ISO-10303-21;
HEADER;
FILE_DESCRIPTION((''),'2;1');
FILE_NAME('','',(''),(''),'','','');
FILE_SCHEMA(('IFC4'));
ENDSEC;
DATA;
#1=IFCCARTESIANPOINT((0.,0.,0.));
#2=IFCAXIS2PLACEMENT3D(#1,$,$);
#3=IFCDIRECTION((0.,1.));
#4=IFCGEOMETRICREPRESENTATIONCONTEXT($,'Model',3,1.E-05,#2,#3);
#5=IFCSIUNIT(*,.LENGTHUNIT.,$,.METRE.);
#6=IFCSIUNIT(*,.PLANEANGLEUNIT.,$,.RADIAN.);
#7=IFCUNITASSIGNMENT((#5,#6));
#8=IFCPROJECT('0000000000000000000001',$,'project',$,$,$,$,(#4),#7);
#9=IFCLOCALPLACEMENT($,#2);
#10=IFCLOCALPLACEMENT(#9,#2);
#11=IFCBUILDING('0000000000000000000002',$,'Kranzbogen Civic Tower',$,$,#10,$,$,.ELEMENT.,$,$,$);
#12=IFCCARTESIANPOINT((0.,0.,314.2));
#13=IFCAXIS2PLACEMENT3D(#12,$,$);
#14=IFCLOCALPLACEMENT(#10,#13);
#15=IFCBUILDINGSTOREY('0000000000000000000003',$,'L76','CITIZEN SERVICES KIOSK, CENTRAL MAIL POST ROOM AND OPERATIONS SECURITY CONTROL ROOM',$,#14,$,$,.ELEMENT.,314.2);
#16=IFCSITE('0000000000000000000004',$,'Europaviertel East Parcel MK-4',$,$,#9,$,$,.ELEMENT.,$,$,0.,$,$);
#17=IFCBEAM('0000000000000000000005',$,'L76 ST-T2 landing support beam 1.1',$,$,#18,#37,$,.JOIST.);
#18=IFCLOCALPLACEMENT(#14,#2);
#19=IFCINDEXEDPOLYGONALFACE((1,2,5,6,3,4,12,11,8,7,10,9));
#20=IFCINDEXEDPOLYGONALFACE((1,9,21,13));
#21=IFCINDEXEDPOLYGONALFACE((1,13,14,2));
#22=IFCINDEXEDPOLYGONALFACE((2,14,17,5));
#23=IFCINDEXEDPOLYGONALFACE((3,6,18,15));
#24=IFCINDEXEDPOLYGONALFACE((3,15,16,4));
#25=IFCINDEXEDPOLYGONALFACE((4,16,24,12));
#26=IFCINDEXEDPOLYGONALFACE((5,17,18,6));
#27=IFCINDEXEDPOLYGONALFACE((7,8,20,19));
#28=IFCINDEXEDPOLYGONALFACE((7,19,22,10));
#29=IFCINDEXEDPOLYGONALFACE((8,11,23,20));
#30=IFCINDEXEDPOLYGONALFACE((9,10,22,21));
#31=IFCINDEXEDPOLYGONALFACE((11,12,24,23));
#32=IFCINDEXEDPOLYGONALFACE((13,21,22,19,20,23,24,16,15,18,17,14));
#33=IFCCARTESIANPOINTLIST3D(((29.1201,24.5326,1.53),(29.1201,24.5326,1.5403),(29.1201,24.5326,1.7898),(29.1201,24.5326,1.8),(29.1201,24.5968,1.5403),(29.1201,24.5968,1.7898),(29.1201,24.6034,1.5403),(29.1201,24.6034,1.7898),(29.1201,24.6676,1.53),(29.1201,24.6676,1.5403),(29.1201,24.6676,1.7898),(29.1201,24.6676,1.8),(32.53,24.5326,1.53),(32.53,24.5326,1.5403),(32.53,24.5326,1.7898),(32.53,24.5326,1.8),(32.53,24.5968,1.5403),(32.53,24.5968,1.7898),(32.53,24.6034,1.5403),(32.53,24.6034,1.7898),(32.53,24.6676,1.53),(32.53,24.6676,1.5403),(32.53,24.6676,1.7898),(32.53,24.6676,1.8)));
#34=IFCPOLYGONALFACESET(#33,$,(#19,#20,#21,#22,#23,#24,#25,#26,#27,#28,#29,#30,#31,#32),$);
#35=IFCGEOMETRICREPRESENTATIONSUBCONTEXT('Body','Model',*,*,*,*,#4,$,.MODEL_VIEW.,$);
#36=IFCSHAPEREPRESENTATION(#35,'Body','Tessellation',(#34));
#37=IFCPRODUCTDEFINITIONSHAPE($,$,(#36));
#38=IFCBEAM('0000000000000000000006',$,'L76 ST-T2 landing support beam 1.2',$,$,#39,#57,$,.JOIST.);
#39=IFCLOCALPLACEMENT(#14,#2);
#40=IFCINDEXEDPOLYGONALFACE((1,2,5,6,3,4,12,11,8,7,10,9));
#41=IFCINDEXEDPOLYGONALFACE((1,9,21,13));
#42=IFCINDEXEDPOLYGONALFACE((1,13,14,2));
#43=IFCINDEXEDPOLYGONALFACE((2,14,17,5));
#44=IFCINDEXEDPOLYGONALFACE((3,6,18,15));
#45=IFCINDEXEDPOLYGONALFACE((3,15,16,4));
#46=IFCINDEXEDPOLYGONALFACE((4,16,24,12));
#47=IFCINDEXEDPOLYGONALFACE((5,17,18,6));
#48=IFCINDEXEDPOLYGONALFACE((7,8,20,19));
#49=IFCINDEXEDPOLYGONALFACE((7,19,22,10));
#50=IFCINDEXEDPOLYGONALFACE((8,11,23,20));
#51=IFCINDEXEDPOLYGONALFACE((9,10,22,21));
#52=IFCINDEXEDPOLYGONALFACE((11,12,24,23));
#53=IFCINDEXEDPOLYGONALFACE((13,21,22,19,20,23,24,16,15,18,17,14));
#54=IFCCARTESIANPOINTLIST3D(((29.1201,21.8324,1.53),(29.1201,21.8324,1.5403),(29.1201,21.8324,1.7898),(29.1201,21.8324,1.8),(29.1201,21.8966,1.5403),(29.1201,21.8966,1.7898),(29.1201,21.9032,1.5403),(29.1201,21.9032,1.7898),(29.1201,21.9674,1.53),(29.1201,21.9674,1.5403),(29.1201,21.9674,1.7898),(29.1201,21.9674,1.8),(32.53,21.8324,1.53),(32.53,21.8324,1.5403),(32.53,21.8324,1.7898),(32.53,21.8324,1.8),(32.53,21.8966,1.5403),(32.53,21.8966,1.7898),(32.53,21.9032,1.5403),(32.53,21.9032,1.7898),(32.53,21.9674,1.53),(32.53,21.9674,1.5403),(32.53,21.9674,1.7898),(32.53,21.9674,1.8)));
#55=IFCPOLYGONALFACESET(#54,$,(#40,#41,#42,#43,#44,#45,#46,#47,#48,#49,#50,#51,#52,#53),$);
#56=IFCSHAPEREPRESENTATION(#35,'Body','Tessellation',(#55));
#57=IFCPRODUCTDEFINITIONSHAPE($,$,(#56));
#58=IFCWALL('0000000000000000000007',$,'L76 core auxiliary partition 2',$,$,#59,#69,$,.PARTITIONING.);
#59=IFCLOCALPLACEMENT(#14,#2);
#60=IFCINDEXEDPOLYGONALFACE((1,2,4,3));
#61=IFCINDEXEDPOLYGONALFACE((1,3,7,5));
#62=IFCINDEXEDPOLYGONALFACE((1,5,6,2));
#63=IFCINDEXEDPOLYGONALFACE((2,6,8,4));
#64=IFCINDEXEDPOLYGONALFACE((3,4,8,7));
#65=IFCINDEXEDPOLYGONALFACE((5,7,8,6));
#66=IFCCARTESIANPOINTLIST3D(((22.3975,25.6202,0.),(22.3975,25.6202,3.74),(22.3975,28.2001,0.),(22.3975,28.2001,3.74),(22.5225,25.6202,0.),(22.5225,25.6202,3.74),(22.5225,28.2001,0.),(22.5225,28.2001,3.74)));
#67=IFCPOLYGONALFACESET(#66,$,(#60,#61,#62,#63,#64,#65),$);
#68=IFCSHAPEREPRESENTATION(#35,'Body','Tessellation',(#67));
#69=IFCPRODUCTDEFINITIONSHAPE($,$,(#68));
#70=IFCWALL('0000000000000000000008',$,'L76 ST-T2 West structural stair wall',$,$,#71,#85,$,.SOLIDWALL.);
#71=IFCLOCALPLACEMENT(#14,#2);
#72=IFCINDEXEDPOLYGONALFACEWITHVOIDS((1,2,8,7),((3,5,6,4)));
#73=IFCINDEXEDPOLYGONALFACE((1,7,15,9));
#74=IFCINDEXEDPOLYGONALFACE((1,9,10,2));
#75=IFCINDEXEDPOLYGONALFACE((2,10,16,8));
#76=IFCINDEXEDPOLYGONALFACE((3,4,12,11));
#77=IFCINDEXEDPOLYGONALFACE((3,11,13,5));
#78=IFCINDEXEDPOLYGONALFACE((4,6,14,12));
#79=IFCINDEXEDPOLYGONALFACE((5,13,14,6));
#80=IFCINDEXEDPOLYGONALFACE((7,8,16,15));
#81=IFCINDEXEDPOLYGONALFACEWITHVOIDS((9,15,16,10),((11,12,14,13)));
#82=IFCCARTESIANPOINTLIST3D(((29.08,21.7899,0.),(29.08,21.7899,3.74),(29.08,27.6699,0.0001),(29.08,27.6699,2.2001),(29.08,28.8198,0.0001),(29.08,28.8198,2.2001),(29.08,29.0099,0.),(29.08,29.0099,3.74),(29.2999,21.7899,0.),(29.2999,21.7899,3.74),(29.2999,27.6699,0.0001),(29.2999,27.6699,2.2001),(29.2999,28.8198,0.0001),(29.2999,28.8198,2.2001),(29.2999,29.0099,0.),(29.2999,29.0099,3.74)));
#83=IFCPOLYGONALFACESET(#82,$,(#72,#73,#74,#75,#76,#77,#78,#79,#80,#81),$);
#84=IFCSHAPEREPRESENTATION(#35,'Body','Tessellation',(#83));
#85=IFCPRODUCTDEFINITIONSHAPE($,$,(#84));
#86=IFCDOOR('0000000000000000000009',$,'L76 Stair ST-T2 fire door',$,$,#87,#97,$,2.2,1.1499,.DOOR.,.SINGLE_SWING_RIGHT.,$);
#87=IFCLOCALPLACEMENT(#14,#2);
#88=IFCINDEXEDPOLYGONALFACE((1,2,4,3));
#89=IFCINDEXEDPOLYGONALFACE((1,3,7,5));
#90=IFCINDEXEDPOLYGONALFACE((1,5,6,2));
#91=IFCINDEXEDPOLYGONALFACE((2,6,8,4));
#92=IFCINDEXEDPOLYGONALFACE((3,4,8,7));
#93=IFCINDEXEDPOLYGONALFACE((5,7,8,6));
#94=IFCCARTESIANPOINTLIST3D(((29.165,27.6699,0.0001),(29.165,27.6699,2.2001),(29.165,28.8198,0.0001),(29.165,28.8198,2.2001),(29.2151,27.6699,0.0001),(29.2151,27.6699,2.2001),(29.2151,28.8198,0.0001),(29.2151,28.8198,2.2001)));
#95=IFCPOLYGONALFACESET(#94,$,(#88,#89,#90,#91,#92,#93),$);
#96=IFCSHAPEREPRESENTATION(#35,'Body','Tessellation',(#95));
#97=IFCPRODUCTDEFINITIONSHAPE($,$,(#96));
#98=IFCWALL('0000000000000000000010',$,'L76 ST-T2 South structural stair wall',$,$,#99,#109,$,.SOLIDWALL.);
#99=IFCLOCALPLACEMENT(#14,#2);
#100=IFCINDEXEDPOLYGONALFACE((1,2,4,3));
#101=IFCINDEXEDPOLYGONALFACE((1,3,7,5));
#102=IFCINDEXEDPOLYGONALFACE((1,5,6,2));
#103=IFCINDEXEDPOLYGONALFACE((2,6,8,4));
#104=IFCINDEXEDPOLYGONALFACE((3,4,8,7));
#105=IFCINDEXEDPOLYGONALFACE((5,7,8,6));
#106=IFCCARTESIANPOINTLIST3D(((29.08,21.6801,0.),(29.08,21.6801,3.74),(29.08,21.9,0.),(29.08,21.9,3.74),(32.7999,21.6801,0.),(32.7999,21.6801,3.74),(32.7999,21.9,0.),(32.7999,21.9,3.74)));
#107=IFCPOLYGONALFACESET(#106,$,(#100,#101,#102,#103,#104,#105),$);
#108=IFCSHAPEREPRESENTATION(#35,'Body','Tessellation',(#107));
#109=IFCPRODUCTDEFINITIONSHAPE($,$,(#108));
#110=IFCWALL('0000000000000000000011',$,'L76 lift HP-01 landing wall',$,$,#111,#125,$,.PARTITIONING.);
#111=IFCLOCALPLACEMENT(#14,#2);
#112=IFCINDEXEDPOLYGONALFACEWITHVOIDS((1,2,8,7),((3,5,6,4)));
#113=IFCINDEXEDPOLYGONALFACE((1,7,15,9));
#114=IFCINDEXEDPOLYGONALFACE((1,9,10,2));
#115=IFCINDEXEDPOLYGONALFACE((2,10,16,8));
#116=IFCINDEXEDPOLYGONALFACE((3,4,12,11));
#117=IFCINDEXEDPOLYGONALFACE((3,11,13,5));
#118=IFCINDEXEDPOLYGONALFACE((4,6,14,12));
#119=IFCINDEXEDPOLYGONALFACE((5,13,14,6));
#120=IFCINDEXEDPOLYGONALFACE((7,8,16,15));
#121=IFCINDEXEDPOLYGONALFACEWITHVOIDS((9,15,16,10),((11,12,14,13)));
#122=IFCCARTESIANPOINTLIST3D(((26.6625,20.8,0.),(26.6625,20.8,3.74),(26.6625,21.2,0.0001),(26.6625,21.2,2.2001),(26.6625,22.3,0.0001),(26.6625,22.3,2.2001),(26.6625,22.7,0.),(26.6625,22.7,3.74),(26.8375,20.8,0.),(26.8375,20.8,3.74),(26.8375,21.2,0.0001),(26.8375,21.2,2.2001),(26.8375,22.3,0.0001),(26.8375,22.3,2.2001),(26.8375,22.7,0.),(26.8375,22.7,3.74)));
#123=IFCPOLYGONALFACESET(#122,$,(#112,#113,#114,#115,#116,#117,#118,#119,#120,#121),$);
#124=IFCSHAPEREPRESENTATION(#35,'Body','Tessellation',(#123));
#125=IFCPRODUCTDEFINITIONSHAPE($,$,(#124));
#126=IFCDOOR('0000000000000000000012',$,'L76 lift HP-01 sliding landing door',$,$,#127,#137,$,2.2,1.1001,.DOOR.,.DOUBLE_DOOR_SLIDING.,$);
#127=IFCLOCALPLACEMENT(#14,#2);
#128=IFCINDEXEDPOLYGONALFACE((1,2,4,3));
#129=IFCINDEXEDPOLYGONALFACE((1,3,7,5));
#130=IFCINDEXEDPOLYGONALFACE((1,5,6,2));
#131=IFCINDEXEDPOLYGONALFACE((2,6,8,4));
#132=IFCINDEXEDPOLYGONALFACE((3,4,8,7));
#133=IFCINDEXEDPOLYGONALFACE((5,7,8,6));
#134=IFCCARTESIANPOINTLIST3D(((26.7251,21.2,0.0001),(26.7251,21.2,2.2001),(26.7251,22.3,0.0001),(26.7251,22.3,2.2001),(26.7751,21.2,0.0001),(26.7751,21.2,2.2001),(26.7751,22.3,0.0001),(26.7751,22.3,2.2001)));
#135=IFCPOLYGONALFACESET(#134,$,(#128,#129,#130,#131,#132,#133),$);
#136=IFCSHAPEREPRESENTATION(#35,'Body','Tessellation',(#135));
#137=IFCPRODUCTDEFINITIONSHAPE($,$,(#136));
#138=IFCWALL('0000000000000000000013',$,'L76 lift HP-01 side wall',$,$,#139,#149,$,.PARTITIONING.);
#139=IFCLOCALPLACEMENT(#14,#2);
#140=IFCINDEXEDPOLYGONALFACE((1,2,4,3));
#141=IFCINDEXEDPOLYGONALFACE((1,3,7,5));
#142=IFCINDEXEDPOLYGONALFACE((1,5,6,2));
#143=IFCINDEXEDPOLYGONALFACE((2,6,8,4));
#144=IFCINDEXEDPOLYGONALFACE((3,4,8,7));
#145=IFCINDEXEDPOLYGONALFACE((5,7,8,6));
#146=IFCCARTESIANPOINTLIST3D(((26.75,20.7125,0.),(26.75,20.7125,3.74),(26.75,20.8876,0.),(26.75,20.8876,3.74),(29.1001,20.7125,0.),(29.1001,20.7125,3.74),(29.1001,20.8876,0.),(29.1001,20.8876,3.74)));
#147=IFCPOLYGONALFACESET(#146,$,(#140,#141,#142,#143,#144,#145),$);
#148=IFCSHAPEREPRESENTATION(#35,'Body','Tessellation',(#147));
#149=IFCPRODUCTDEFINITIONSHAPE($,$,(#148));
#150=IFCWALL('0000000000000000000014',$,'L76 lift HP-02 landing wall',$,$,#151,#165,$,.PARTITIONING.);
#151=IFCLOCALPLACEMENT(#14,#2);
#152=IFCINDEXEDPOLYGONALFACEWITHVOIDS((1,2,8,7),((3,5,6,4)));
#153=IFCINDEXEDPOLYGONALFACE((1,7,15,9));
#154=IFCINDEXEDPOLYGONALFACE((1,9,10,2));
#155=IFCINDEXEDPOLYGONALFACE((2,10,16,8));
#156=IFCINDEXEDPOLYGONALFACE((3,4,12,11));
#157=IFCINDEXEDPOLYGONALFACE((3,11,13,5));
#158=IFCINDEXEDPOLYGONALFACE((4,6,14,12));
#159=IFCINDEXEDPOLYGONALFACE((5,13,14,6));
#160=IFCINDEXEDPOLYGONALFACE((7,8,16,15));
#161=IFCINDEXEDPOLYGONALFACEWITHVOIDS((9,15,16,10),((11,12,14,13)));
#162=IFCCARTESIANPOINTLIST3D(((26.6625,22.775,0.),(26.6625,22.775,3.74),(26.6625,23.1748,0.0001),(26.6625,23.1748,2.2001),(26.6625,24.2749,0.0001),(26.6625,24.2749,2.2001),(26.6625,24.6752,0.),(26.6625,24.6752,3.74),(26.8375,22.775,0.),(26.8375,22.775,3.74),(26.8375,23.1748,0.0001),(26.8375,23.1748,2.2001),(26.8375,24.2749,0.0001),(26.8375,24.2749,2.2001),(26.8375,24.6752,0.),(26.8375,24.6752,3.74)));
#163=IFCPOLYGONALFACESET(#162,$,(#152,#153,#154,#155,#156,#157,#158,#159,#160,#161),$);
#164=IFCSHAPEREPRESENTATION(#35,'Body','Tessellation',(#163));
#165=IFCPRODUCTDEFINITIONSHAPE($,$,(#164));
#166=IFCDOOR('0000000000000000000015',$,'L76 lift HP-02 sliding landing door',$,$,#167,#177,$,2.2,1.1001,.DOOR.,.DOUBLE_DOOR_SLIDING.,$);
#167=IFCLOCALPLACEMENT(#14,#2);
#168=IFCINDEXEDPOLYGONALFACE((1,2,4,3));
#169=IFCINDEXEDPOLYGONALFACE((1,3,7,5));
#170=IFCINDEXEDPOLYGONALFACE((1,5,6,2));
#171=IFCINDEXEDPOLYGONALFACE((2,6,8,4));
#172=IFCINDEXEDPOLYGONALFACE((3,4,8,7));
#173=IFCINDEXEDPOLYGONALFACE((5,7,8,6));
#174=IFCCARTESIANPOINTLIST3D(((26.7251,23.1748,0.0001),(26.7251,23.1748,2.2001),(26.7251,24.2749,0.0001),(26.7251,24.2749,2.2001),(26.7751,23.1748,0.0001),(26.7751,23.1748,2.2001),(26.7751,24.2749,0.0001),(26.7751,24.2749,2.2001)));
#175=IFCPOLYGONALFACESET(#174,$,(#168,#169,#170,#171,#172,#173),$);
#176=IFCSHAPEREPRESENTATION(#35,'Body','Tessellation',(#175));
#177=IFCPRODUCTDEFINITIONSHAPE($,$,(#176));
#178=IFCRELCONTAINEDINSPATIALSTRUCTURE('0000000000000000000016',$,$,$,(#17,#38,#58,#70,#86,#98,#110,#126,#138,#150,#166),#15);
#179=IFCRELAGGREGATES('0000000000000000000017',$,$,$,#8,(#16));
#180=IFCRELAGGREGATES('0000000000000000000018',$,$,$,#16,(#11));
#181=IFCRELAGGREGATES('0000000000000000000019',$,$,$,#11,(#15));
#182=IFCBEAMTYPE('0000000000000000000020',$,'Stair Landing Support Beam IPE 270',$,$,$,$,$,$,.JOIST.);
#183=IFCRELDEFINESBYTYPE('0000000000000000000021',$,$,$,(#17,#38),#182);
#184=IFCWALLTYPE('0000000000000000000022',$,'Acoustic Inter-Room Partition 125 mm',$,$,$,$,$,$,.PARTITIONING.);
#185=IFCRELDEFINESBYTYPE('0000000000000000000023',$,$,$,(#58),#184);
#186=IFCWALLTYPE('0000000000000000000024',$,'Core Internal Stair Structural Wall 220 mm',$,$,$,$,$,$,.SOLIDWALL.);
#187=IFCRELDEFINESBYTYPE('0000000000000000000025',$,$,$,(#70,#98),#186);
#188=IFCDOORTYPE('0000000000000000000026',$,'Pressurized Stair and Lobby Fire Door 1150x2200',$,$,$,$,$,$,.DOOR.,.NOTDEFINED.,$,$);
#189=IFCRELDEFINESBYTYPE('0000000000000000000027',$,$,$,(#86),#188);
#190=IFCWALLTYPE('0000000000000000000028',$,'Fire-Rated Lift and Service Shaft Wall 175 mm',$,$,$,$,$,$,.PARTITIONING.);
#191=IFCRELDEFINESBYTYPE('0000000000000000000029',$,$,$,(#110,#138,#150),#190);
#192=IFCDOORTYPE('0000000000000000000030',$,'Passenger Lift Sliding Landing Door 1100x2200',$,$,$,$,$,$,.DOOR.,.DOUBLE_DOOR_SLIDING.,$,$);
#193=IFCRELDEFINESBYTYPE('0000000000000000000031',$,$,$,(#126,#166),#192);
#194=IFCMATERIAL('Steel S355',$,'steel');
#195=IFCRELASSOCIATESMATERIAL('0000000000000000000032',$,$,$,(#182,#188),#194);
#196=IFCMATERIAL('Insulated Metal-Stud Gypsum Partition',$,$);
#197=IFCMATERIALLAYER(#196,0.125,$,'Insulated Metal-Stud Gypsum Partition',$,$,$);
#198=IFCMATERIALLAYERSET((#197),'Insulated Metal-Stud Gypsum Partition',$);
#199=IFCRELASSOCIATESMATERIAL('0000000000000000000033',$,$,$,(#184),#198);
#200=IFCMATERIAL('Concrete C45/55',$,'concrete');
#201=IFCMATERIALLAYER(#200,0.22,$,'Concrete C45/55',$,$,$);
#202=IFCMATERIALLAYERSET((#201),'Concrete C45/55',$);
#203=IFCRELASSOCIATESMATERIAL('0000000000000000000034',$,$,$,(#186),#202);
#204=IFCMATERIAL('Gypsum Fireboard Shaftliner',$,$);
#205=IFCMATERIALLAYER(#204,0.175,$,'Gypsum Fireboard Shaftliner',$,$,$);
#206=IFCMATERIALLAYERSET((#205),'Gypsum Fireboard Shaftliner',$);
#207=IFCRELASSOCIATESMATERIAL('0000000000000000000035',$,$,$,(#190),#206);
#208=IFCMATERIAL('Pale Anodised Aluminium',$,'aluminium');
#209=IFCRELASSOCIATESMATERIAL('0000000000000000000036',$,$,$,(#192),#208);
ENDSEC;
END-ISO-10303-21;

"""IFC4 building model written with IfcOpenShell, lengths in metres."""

from ifc_helpers import new_model, si_unit, direction, frame, frame_2d, origin, origin_2d, place, context, subcontext, project, spatial, rectangle, i_section, extrude, material, layer, layer_set, material_profile, profile_set, type_object, element, fill, save


model = new_model("IFC4")

# Units and contexts
model_context = context("Model", 3, precision=1e-05, world=origin(), true_north=direction((0.0, 1.0)))
body_context = subcontext(model_context, "Body", "Model", "MODEL_VIEW")
ifc_project = project(units=[si_unit("LENGTHUNIT", "METRE"), si_unit("PLANEANGLEUNIT", "RADIAN")], contexts=[model_context])

# Site, building, storey
site_placement = place(None, origin())
site = spatial("IfcSite", under=ifc_project, at=site_placement, Name="Europaviertel East Parcel MK-4", CompositionType="ELEMENT", RefElevation=0.0)
building_placement = place(site_placement, origin())
building = spatial("IfcBuilding", under=site, at=building_placement, Name="Kranzbogen Civic Tower", CompositionType="ELEMENT")
storey_placement = place(building_placement, frame((0.0, 0.0, 314.2)))
storey = spatial("IfcBuildingStorey", under=building, at=storey_placement, Name="L76", Description="CITIZEN SERVICES KIOSK, CENTRAL MAIL POST ROOM AND OPERATIONS SECURITY CONTROL ROOM", CompositionType="ELEMENT", Elevation=314.2)

# Beams
ifc_material_1 = material(Name="Steel S355", Category="steel")
ifc_material_profile = material_profile(ifc_material_1, i_section(OverallWidth=0.135, OverallDepth=0.27, WebThickness=0.0066, FlangeThickness=0.0103, at=origin_2d()), Name="IPE 270")
ifc_profile_set = profile_set([ifc_material_profile], Name="Steel S355")
beam_type = type_object("IfcBeamType", Name="Stair Landing Support Beam IPE 270", PredefinedType="JOIST", material=ifc_profile_set)
for number, where, z_axis, x_axis, name in (
    (1, (29.1201, 24.6001, 1.665), (1.0, 0.0, 0.0), (0.0, 1.0, 0.0), "L76 ST-T2 landing support beam 1.1"),
    (2, (29.1201, 21.8999, 1.665), (1.0, 0.0, 0.0), (0.0, 1.0, 0.0), "L76 ST-T2 landing support beam 1.2"),
):
    element("IfcBeam", number, at=place(storey_placement, frame(where, z_axis=z_axis, x_axis=x_axis)), inside=storey, type_object=beam_type, Name=name, PredefinedType="JOIST", context=body_context, shape_type="SweptSolid", body=[
        extrude(i_section(OverallWidth=0.135, OverallDepth=0.27, WebThickness=0.0066, FlangeThickness=0.0103, at=origin_2d()), origin(), (0.0, 0.0, 1.0), 3.4099),
    ])

# Wall
ifc_material_2 = material(Name="Insulated Metal-Stud Gypsum Partition")
ifc_layer_1 = layer(ifc_material_2, 0.125, Name="Insulated Metal-Stud Gypsum Partition")
ifc_layer_set_1 = layer_set([ifc_layer_1], Name="Insulated Metal-Stud Gypsum Partition")
wall_type_1 = type_object("IfcWallType", Name="Acoustic Inter-Room Partition 125 mm", PredefinedType="PARTITIONING", material=ifc_layer_set_1)
wall_1_placement = place(storey_placement, frame((22.46, 25.6201, 0.0), z_axis=(0.0, 0.0, 1.0), x_axis=(0.0, 1.0, 0.0)))
element("IfcWall", 3, at=wall_1_placement, inside=storey, type_object=wall_type_1, Name="L76 core auxiliary partition 2", PredefinedType="PARTITIONING", context=body_context, shape_type="SweptSolid", body=[
    extrude(rectangle(XDim=2.5798, YDim=0.125, at=frame_2d((1.29, 0.0))), origin(), (0.0, 0.0, 1.0), 3.74),
])

# Wall, opening, door
ifc_material_3 = material(Name="Concrete C45/55", Category="concrete")
ifc_layer_2 = layer(ifc_material_3, 0.22, Name="Concrete C45/55")
ifc_layer_set_2 = layer_set([ifc_layer_2], Name="Concrete C45/55")
wall_type_2 = type_object("IfcWallType", Name="Core Internal Stair Structural Wall 220 mm", PredefinedType="SOLIDWALL", material=ifc_layer_set_2)
wall_2_placement = place(storey_placement, frame((29.1899, 21.79, 0.0), z_axis=(0.0, 0.0, 1.0), x_axis=(0.0, 1.0, 0.0)))
wall_2 = element("IfcWall", 4, at=wall_2_placement, inside=storey, type_object=wall_type_2, Name="L76 ST-T2 West structural stair wall", PredefinedType="SOLIDWALL", context=body_context, shape_type="SweptSolid", body=[
    extrude(rectangle(XDim=7.22, YDim=0.22, at=frame_2d((3.6099, 0.0))), origin(), (0.0, 0.0, 1.0), 3.74),
])
opening_1_placement = place(wall_2_placement, frame((5.8799, 0.0, 0.0)))
opening_1 = element("IfcOpeningElement", 5, at=opening_1_placement, cuts=wall_2, PredefinedType="OPENING", context=body_context, shape_type="SweptSolid", body=[
    extrude(rectangle(XDim=1.1499, YDim=2.2, at=frame_2d((0.575, 1.1001))), frame((0.0, 0.1201, 0.0), z_axis=(0.0, -1.0, 0.0), x_axis=(1.0, 0.0, 0.0)), (0.0, 0.0, 1.0), 0.24),
])
door_type_1 = type_object("IfcDoorType", Name="Pressurized Stair and Lobby Fire Door 1150x2200", OperationType="NOTDEFINED", PredefinedType="DOOR", material=ifc_material_1)
door_1_placement = place(opening_1_placement, origin())
door_1 = element("IfcDoor", 6, at=door_1_placement, inside=storey, type_object=door_type_1, Name="L76 Stair ST-T2 fire door", OperationType="SINGLE_SWING_RIGHT", OverallHeight=2.2, OverallWidth=1.1499, PredefinedType="DOOR", context=body_context, shape_type="SweptSolid", body=[
    extrude(rectangle(XDim=1.1499, YDim=2.2, at=frame_2d((0.575, 1.1001))), frame((0.0, 0.0249, 0.0), z_axis=(0.0, -1.0, 0.0), x_axis=(1.0, 0.0, 0.0)), (0.0, 0.0, 1.0), 0.05),
])
fill(opening_1, door_1)

# Wall
wall_3_placement = place(storey_placement, frame((29.0801, 21.79, 0.0), z_axis=(0.0, 0.0, 1.0), x_axis=(1.0, 0.0, 0.0)))
element("IfcWall", 7, at=wall_3_placement, inside=storey, type_object=wall_type_2, Name="L76 ST-T2 South structural stair wall", PredefinedType="SOLIDWALL", context=body_context, shape_type="SweptSolid", body=[
    extrude(rectangle(XDim=3.72, YDim=0.22, at=frame_2d((1.8599, 0.0))), origin(), (0.0, 0.0, 1.0), 3.74),
])

# Wall, opening, door
ifc_material_4 = material(Name="Gypsum Fireboard Shaftliner")
ifc_layer_3 = layer(ifc_material_4, 0.175, Name="Gypsum Fireboard Shaftliner")
ifc_layer_set_3 = layer_set([ifc_layer_3], Name="Gypsum Fireboard Shaftliner")
wall_type_3 = type_object("IfcWallType", Name="Fire-Rated Lift and Service Shaft Wall 175 mm", PredefinedType="PARTITIONING", material=ifc_layer_set_3)
wall_4_placement = place(storey_placement, frame((26.75, 20.8, 0.0), z_axis=(0.0, 0.0, 1.0), x_axis=(0.0, 1.0, 0.0)))
wall_4 = element("IfcWall", 8, at=wall_4_placement, inside=storey, type_object=wall_type_3, Name="L76 lift HP-01 landing wall", PredefinedType="PARTITIONING", context=body_context, shape_type="SweptSolid", body=[
    extrude(rectangle(XDim=1.8999, YDim=0.175, at=frame_2d((0.95, 0.0))), origin(), (0.0, 0.0, 1.0), 3.74),
])
opening_2_placement = place(wall_4_placement, frame((0.3999, 0.0, 0.0)))
opening_2 = element("IfcOpeningElement", 9, at=opening_2_placement, cuts=wall_4, PredefinedType="OPENING", context=body_context, shape_type="SweptSolid", body=[
    extrude(rectangle(XDim=1.1001, YDim=2.2, at=frame_2d((0.55, 1.1001))), frame((0.0, 0.0977, 0.0), z_axis=(0.0, -1.0, 0.0), x_axis=(1.0, 0.0, 0.0)), (0.0, 0.0, 1.0), 0.1951),
])
ifc_material_5 = material(Name="Pale Anodised Aluminium", Category="aluminium")
door_type_2 = type_object("IfcDoorType", Name="Passenger Lift Sliding Landing Door 1100x2200", OperationType="DOUBLE_DOOR_SLIDING", PredefinedType="DOOR", material=ifc_material_5)
door_2_placement = place(opening_2_placement, origin())
door_2 = element("IfcDoor", 10, at=door_2_placement, inside=storey, type_object=door_type_2, Name="L76 lift HP-01 sliding landing door", OperationType="DOUBLE_DOOR_SLIDING", OverallHeight=2.2, OverallWidth=1.1001, PredefinedType="DOOR", context=body_context, shape_type="SweptSolid", body=[
    extrude(rectangle(XDim=1.1001, YDim=2.2, at=frame_2d((0.55, 1.1001))), frame((0.0, 0.0249, 0.0), z_axis=(0.0, -1.0, 0.0), x_axis=(1.0, 0.0, 0.0)), (0.0, 0.0, 1.0), 0.05),
])
fill(opening_2, door_2)

# Wall
wall_5_placement = place(storey_placement, frame((26.75, 20.8, 0.0), z_axis=(0.0, 0.0, 1.0), x_axis=(1.0, 0.0, 0.0)))
element("IfcWall", 11, at=wall_5_placement, inside=storey, type_object=wall_type_3, Name="L76 lift HP-01 side wall", PredefinedType="PARTITIONING", context=body_context, shape_type="SweptSolid", body=[
    extrude(rectangle(XDim=2.3501, YDim=0.175, at=frame_2d((1.175, 0.0))), origin(), (0.0, 0.0, 1.0), 3.74),
])

# Wall, opening, door
wall_6_placement = place(storey_placement, frame((26.75, 22.7749, 0.0), z_axis=(0.0, 0.0, 1.0), x_axis=(0.0, 1.0, 0.0)))
wall_6 = element("IfcWall", 12, at=wall_6_placement, inside=storey, type_object=wall_type_3, Name="L76 lift HP-02 landing wall", PredefinedType="PARTITIONING", context=body_context, shape_type="SweptSolid", body=[
    extrude(rectangle(XDim=1.9001, YDim=0.175, at=frame_2d((0.9502, 0.0))), origin(), (0.0, 0.0, 1.0), 3.74),
])
opening_3_placement = place(wall_6_placement, frame((0.3999, 0.0, 0.0)))
opening_3 = element("IfcOpeningElement", 13, at=opening_3_placement, cuts=wall_6, PredefinedType="OPENING", context=body_context, shape_type="SweptSolid", body=[
    extrude(rectangle(XDim=1.1001, YDim=2.2, at=frame_2d((0.55, 1.1001))), frame((0.0, 0.0977, 0.0), z_axis=(0.0, -1.0, 0.0), x_axis=(1.0, 0.0, 0.0)), (0.0, 0.0, 1.0), 0.1951),
])
door_3_placement = place(opening_3_placement, origin())
door_3 = element("IfcDoor", 14, at=door_3_placement, inside=storey, type_object=door_type_2, Name="L76 lift HP-02 sliding landing door", OperationType="DOUBLE_DOOR_SLIDING", OverallHeight=2.2, OverallWidth=1.1001, PredefinedType="DOOR", context=body_context, shape_type="SweptSolid", body=[
    extrude(rectangle(XDim=1.1001, YDim=2.2, at=frame_2d((0.55, 1.1001))), frame((0.0, 0.0249, 0.0), z_axis=(0.0, -1.0, 0.0), x_axis=(1.0, 0.0, 0.0)), (0.0, 0.0, 1.0), 0.05),
])
fill(opening_3, door_3)

save(model, "model.ifc")
